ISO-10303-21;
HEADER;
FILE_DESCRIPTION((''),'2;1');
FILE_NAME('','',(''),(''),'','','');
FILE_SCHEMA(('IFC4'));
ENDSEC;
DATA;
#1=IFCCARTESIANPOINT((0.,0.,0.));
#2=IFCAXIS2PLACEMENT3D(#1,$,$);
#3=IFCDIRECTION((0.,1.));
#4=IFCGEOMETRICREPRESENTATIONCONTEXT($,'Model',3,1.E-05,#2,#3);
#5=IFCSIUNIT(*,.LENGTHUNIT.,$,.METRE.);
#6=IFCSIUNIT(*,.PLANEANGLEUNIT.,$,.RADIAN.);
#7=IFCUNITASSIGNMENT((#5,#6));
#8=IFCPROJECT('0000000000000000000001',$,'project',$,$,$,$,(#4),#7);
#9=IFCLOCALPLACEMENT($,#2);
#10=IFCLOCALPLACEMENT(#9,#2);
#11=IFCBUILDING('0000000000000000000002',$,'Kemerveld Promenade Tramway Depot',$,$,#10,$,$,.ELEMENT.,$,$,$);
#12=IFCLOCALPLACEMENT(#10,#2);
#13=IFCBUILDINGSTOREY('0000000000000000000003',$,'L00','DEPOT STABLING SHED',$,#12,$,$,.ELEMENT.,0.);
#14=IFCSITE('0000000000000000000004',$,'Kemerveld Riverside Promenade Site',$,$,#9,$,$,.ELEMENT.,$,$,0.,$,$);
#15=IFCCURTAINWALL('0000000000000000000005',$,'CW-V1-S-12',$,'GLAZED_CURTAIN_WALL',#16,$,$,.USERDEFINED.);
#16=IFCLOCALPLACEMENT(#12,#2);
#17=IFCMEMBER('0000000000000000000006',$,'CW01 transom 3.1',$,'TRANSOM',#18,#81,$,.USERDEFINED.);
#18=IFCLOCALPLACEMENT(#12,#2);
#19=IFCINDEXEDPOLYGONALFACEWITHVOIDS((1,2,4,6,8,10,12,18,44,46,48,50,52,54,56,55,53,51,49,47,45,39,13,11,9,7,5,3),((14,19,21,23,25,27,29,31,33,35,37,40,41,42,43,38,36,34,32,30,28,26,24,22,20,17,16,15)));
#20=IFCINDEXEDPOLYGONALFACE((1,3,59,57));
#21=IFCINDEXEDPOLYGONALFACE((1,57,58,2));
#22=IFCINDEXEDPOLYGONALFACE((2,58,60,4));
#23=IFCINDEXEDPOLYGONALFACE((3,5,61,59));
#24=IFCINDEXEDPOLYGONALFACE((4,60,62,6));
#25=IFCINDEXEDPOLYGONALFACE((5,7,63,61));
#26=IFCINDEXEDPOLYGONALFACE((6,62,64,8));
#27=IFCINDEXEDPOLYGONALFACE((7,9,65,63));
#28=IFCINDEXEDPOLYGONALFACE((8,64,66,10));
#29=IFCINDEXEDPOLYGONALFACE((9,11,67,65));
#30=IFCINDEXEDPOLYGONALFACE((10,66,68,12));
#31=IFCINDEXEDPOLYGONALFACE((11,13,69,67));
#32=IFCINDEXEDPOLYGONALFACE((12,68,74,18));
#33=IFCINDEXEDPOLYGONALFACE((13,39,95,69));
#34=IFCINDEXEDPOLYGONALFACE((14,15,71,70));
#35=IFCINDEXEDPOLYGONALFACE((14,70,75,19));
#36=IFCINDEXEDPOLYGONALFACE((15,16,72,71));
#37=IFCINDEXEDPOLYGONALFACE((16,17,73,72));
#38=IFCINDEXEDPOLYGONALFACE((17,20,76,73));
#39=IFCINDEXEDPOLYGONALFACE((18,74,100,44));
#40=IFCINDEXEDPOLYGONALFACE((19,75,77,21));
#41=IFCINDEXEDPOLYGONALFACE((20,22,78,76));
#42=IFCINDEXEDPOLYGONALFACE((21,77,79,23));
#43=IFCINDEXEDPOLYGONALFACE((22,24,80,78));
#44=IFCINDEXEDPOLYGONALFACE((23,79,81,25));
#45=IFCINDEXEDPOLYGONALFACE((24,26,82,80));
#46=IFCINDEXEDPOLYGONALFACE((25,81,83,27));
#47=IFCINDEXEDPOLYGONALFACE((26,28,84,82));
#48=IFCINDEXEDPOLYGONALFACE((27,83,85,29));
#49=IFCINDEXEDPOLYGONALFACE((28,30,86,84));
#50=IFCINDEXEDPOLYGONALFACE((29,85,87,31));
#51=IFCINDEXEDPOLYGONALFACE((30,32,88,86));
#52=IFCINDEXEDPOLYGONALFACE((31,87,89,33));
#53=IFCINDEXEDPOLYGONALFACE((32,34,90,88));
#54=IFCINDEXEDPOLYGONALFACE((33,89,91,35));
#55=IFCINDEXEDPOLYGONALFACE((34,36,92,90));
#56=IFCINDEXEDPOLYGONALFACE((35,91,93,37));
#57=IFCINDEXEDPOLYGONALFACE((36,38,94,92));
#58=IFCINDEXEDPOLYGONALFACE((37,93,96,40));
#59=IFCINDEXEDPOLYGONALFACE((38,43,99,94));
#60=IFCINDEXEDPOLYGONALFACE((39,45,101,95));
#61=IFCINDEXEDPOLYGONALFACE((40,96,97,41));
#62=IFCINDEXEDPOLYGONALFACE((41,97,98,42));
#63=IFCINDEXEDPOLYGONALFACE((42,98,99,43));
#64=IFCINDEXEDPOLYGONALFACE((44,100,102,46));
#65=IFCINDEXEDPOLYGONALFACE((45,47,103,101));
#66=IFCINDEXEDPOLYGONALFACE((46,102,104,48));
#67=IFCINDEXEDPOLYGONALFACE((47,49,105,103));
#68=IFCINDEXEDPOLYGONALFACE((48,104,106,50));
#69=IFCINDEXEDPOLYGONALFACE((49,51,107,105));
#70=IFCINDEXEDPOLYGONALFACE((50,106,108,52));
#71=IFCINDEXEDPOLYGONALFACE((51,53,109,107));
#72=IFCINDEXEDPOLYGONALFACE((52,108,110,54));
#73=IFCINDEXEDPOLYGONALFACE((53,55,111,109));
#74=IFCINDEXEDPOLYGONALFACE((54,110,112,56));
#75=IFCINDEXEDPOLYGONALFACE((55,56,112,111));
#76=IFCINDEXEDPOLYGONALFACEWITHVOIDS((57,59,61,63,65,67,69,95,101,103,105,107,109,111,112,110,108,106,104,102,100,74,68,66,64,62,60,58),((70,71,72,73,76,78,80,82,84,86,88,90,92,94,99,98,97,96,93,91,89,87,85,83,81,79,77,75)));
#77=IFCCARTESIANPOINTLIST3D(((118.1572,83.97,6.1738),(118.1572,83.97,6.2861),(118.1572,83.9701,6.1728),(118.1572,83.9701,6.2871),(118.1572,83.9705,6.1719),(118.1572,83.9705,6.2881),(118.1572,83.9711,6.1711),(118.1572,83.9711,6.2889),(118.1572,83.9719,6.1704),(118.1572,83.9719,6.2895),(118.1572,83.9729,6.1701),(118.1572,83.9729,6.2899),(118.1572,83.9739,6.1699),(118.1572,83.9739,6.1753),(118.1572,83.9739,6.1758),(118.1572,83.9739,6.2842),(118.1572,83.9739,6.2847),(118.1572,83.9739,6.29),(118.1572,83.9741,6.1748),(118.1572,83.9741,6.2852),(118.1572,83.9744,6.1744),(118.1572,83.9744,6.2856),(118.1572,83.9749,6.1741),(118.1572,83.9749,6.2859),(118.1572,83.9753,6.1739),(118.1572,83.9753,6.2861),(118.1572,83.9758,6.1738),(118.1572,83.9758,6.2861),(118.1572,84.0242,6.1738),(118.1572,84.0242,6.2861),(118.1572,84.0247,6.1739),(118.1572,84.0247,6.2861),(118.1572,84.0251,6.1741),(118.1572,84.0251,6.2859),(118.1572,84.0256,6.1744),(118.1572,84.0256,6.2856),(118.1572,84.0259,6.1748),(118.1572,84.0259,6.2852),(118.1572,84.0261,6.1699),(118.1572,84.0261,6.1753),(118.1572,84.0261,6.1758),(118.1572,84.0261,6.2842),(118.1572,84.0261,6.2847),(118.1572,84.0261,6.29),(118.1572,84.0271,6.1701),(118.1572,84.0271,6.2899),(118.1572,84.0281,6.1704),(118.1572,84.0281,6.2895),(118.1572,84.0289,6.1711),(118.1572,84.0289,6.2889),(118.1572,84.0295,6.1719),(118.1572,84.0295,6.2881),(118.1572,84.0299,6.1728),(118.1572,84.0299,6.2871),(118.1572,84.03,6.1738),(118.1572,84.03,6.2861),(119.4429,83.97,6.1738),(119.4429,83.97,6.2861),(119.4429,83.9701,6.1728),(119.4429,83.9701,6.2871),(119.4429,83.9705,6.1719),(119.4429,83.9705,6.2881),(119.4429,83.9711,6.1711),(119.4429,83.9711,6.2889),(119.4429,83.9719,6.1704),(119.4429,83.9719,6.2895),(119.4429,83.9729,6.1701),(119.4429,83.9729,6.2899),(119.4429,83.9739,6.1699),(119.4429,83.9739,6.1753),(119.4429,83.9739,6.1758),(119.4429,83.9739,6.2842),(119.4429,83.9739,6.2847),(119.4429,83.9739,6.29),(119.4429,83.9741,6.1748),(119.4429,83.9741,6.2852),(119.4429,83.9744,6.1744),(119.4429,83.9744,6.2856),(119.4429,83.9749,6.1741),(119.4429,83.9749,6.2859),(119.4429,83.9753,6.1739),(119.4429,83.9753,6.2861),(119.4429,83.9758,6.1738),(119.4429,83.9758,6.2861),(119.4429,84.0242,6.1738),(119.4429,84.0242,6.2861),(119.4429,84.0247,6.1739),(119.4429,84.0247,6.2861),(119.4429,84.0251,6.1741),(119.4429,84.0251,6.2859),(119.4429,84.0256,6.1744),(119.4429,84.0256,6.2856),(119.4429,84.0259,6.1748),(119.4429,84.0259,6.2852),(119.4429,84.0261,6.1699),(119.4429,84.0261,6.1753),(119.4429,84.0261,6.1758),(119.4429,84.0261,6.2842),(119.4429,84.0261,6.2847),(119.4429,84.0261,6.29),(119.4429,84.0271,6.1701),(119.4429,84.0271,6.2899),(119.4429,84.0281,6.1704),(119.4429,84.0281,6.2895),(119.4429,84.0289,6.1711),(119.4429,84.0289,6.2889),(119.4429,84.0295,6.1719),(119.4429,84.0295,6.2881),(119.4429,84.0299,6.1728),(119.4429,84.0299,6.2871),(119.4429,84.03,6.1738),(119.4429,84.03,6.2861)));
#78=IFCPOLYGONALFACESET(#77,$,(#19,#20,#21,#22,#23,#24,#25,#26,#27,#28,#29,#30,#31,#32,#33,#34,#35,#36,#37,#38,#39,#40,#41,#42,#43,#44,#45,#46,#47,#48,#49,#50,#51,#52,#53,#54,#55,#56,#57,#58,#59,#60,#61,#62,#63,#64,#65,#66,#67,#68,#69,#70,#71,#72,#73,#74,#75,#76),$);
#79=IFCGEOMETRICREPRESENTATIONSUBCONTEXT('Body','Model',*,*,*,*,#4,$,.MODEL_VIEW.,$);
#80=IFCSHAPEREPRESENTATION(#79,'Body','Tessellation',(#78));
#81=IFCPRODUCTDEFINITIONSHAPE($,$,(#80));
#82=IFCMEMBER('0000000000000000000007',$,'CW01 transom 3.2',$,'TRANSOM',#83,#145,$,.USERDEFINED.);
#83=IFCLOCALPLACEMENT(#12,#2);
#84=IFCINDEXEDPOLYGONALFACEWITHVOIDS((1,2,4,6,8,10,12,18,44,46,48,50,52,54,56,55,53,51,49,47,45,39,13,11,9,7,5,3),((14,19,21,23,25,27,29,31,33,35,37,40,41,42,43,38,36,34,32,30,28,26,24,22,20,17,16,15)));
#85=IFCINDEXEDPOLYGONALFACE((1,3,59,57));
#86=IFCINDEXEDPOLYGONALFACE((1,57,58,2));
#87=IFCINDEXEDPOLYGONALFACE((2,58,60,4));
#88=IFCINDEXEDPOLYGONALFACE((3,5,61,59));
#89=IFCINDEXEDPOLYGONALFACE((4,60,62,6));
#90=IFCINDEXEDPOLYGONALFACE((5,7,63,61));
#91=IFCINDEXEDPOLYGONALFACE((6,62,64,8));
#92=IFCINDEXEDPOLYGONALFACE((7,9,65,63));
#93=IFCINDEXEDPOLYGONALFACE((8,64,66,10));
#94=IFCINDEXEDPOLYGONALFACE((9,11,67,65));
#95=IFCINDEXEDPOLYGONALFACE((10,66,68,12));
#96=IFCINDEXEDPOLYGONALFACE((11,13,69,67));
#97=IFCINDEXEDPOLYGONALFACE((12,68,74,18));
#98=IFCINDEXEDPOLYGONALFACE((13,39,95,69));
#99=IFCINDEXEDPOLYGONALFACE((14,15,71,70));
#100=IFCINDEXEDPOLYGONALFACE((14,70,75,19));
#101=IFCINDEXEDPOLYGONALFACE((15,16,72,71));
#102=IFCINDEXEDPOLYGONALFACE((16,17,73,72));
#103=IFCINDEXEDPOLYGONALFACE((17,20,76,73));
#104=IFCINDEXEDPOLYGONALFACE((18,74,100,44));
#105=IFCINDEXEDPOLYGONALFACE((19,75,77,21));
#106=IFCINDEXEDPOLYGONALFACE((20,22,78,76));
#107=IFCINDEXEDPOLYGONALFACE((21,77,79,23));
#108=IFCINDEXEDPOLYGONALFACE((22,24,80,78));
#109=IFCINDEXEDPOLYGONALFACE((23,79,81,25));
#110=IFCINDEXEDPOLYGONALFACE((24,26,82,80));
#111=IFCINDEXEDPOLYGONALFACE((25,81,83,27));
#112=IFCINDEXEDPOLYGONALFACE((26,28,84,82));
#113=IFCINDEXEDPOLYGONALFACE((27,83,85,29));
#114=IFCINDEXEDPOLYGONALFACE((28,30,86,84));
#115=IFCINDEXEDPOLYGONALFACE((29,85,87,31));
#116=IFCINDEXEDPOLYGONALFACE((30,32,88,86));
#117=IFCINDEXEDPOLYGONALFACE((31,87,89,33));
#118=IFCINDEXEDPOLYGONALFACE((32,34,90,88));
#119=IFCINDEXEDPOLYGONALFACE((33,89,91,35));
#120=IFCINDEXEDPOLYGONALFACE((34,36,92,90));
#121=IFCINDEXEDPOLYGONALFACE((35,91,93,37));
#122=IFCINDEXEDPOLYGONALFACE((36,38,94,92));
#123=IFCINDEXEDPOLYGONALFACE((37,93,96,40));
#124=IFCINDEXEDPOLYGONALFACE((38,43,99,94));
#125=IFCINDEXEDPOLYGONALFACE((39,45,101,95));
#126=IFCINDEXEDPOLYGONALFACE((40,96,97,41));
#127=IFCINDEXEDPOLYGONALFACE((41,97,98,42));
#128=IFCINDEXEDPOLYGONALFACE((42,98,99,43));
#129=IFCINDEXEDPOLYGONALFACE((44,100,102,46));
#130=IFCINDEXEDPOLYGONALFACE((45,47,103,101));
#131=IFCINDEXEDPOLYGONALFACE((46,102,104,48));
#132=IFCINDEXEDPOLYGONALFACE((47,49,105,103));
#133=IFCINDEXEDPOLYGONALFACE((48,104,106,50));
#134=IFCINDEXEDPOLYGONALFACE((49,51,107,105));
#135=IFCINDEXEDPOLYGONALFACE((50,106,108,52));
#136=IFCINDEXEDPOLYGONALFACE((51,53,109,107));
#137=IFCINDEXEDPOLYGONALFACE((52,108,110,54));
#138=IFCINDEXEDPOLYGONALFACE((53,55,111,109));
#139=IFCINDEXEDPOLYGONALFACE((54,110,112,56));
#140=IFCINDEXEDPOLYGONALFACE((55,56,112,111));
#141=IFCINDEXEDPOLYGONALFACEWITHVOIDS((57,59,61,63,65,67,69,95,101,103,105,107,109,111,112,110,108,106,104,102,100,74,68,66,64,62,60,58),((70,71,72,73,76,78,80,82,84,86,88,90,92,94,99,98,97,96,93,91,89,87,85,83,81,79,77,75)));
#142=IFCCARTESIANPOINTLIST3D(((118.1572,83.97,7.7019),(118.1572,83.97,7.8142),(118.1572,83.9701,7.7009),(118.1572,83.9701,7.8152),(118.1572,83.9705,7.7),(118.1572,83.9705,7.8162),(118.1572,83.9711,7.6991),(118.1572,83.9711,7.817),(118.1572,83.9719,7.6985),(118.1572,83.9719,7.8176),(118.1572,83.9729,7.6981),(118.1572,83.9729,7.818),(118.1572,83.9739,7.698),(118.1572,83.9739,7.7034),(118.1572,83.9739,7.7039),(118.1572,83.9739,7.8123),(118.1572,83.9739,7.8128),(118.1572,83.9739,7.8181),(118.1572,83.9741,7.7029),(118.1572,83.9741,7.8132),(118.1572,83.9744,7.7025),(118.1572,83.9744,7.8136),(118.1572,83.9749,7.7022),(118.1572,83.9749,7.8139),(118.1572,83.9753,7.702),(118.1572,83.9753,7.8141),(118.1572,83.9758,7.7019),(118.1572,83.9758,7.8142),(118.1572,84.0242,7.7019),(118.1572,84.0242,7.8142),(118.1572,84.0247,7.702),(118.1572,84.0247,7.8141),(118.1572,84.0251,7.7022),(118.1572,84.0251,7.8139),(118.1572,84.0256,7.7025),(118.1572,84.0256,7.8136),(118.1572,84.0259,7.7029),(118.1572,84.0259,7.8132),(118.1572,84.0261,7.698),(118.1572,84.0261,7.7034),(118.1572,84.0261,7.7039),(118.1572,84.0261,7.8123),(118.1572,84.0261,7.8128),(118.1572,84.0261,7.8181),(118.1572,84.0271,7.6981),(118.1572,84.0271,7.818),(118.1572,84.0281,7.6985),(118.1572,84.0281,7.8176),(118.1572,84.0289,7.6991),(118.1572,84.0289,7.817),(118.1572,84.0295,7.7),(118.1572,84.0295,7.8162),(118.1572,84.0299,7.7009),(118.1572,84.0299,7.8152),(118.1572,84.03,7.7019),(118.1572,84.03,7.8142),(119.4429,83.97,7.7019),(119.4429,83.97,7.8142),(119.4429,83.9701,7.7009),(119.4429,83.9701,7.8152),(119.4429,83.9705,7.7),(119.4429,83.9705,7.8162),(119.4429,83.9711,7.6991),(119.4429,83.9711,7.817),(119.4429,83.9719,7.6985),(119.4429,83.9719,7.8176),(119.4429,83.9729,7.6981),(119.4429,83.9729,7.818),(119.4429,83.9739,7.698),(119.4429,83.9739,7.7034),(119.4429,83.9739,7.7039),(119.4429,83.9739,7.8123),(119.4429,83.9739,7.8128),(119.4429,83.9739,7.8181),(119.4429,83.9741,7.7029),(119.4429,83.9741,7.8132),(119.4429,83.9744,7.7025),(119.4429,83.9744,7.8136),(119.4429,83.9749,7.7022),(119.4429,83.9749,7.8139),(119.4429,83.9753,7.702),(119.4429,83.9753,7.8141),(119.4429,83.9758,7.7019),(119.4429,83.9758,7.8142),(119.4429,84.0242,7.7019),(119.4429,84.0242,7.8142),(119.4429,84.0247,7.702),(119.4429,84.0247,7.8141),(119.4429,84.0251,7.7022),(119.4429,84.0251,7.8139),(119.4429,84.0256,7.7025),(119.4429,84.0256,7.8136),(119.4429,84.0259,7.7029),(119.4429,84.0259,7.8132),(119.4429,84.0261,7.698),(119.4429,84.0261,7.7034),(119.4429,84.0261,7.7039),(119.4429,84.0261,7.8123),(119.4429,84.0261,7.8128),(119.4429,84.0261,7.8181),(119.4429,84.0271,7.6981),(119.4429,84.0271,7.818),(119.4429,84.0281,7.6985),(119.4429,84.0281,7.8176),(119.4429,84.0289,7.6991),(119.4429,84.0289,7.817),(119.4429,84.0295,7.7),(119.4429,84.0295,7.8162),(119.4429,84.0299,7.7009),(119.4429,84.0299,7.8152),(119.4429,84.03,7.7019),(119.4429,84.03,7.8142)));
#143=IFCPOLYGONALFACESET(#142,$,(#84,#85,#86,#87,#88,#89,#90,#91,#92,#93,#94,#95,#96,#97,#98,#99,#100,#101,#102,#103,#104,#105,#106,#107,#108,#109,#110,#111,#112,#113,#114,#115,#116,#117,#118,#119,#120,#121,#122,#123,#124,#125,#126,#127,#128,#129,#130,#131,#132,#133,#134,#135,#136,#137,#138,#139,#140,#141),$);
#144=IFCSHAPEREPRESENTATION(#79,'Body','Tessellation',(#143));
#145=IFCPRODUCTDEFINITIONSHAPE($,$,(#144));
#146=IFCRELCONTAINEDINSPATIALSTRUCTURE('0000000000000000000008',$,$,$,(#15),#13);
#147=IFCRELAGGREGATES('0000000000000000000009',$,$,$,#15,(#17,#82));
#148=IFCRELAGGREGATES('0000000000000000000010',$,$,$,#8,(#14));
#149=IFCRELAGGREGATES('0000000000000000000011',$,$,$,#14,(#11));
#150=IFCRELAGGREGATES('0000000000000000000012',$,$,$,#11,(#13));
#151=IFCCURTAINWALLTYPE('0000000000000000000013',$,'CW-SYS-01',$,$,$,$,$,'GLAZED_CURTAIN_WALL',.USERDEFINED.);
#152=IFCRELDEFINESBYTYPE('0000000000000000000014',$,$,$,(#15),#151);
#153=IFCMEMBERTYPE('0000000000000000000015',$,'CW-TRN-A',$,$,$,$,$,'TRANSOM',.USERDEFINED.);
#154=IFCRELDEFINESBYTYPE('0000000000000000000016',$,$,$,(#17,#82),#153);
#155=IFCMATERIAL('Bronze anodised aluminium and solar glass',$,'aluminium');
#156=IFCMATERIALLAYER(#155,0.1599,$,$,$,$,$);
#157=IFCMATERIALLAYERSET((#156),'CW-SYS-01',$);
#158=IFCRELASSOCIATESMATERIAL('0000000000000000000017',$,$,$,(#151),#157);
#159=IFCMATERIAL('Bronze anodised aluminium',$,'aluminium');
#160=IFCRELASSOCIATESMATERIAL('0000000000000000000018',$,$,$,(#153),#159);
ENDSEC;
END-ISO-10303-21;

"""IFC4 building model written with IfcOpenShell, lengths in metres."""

from ifc_helpers import new_model, si_unit, direction, frame, origin, origin_2d, place, context, subcontext, project, spatial, hollow_rectangle, extrude, material, layer, layer_set, material_profile, profile_set, type_object, element, aggregate, save


model = new_model("IFC4")

# Units and contexts
model_context = context("Model", 3, precision=1e-05, world=origin(), true_north=direction((0.0, 1.0)))
body_context = subcontext(model_context, "Body", "Model", "MODEL_VIEW")
ifc_project = project(units=[si_unit("LENGTHUNIT", "METRE"), si_unit("PLANEANGLEUNIT", "RADIAN")], contexts=[model_context])

# Site, building, storey
site_placement = place(None, origin())
site = spatial("IfcSite", under=ifc_project, at=site_placement, Name="Kemerveld Riverside Promenade Site", CompositionType="ELEMENT", RefElevation=0.0)
building_placement = place(site_placement, origin())
building = spatial("IfcBuilding", under=site, at=building_placement, Name="Kemerveld Promenade Tramway Depot", CompositionType="ELEMENT")
storey_placement = place(building_placement, origin())
storey = spatial("IfcBuildingStorey", under=building, at=storey_placement, Name="L00", Description="DEPOT STABLING SHED", CompositionType="ELEMENT", Elevation=0.0)

# Curtain wall
ifc_material_1 = material(Name="Bronze anodised aluminium and solar glass", Category="aluminium")
ifc_layer_1 = layer(ifc_material_1, 0.1599)
ifc_layer_set_1 = layer_set([ifc_layer_1], Name="CW-SYS-01")
curtain_wall_type_1 = type_object("IfcCurtainWallType", Name="CW-SYS-01", ElementType="GLAZED_CURTAIN_WALL", PredefinedType="USERDEFINED", material=ifc_layer_set_1)
curtain_wall_1_placement = place(storey_placement, origin())
curtain_wall_1 = element("IfcCurtainWall", 1, at=curtain_wall_1_placement, inside=storey, type_object=curtain_wall_type_1, Name="CW-V1-S-12", ObjectType="GLAZED_CURTAIN_WALL", PredefinedType="USERDEFINED")
ifc_material_2 = material(Name="Bronze anodised aluminium", Category="aluminium")

# Members
ifc_material_profile_1 = material_profile(ifc_material_2, hollow_rectangle(XDim=0.0601, YDim=0.1201, WallThickness=0.0039, InnerFilletRadius=0.002, OuterFilletRadius=0.0039, at=origin_2d()), Name="CW-TRN-120x60")
ifc_profile_set_1 = profile_set([ifc_material_profile_1], Name="Bronze anodised aluminium")
member_type_1 = type_object("IfcMemberType", Name="CW-TRN-A", ElementType="TRANSOM", PredefinedType="USERDEFINED", material=ifc_profile_set_1)
member_1_placement = place(storey_placement, frame((119.4429, 84.0, 6.23), z_axis=(-1.0, 0.0, 0.0), x_axis=(0.0, -1.0, 0.0)))
member_1 = element("IfcMember", 2, at=member_1_placement, type_object=member_type_1, Name="CW01 transom 3.1", ObjectType="TRANSOM", PredefinedType="USERDEFINED", context=body_context, shape_type="SweptSolid", body=[
    extrude(hollow_rectangle(XDim=0.0601, YDim=0.1201, WallThickness=0.0039, InnerFilletRadius=0.002, OuterFilletRadius=0.0039, at=origin_2d()), origin(), (0.0, 0.0, 1.0), 1.2856),
])
member_2_placement = place(storey_placement, frame((119.4429, 84.0, 7.7581), z_axis=(-1.0, 0.0, 0.0), x_axis=(0.0, -1.0, 0.0)))
member_2 = element("IfcMember", 3, at=member_2_placement, type_object=member_type_1, Name="CW01 transom 3.2", ObjectType="TRANSOM", PredefinedType="USERDEFINED", context=body_context, shape_type="SweptSolid", body=[
    extrude(hollow_rectangle(XDim=0.0601, YDim=0.1201, WallThickness=0.0039, InnerFilletRadius=0.002, OuterFilletRadius=0.0039, at=origin_2d()), origin(), (0.0, 0.0, 1.0), 1.2856),
])

aggregate(curtain_wall_1, [member_1, member_2])

save(model, "model.ifc")
